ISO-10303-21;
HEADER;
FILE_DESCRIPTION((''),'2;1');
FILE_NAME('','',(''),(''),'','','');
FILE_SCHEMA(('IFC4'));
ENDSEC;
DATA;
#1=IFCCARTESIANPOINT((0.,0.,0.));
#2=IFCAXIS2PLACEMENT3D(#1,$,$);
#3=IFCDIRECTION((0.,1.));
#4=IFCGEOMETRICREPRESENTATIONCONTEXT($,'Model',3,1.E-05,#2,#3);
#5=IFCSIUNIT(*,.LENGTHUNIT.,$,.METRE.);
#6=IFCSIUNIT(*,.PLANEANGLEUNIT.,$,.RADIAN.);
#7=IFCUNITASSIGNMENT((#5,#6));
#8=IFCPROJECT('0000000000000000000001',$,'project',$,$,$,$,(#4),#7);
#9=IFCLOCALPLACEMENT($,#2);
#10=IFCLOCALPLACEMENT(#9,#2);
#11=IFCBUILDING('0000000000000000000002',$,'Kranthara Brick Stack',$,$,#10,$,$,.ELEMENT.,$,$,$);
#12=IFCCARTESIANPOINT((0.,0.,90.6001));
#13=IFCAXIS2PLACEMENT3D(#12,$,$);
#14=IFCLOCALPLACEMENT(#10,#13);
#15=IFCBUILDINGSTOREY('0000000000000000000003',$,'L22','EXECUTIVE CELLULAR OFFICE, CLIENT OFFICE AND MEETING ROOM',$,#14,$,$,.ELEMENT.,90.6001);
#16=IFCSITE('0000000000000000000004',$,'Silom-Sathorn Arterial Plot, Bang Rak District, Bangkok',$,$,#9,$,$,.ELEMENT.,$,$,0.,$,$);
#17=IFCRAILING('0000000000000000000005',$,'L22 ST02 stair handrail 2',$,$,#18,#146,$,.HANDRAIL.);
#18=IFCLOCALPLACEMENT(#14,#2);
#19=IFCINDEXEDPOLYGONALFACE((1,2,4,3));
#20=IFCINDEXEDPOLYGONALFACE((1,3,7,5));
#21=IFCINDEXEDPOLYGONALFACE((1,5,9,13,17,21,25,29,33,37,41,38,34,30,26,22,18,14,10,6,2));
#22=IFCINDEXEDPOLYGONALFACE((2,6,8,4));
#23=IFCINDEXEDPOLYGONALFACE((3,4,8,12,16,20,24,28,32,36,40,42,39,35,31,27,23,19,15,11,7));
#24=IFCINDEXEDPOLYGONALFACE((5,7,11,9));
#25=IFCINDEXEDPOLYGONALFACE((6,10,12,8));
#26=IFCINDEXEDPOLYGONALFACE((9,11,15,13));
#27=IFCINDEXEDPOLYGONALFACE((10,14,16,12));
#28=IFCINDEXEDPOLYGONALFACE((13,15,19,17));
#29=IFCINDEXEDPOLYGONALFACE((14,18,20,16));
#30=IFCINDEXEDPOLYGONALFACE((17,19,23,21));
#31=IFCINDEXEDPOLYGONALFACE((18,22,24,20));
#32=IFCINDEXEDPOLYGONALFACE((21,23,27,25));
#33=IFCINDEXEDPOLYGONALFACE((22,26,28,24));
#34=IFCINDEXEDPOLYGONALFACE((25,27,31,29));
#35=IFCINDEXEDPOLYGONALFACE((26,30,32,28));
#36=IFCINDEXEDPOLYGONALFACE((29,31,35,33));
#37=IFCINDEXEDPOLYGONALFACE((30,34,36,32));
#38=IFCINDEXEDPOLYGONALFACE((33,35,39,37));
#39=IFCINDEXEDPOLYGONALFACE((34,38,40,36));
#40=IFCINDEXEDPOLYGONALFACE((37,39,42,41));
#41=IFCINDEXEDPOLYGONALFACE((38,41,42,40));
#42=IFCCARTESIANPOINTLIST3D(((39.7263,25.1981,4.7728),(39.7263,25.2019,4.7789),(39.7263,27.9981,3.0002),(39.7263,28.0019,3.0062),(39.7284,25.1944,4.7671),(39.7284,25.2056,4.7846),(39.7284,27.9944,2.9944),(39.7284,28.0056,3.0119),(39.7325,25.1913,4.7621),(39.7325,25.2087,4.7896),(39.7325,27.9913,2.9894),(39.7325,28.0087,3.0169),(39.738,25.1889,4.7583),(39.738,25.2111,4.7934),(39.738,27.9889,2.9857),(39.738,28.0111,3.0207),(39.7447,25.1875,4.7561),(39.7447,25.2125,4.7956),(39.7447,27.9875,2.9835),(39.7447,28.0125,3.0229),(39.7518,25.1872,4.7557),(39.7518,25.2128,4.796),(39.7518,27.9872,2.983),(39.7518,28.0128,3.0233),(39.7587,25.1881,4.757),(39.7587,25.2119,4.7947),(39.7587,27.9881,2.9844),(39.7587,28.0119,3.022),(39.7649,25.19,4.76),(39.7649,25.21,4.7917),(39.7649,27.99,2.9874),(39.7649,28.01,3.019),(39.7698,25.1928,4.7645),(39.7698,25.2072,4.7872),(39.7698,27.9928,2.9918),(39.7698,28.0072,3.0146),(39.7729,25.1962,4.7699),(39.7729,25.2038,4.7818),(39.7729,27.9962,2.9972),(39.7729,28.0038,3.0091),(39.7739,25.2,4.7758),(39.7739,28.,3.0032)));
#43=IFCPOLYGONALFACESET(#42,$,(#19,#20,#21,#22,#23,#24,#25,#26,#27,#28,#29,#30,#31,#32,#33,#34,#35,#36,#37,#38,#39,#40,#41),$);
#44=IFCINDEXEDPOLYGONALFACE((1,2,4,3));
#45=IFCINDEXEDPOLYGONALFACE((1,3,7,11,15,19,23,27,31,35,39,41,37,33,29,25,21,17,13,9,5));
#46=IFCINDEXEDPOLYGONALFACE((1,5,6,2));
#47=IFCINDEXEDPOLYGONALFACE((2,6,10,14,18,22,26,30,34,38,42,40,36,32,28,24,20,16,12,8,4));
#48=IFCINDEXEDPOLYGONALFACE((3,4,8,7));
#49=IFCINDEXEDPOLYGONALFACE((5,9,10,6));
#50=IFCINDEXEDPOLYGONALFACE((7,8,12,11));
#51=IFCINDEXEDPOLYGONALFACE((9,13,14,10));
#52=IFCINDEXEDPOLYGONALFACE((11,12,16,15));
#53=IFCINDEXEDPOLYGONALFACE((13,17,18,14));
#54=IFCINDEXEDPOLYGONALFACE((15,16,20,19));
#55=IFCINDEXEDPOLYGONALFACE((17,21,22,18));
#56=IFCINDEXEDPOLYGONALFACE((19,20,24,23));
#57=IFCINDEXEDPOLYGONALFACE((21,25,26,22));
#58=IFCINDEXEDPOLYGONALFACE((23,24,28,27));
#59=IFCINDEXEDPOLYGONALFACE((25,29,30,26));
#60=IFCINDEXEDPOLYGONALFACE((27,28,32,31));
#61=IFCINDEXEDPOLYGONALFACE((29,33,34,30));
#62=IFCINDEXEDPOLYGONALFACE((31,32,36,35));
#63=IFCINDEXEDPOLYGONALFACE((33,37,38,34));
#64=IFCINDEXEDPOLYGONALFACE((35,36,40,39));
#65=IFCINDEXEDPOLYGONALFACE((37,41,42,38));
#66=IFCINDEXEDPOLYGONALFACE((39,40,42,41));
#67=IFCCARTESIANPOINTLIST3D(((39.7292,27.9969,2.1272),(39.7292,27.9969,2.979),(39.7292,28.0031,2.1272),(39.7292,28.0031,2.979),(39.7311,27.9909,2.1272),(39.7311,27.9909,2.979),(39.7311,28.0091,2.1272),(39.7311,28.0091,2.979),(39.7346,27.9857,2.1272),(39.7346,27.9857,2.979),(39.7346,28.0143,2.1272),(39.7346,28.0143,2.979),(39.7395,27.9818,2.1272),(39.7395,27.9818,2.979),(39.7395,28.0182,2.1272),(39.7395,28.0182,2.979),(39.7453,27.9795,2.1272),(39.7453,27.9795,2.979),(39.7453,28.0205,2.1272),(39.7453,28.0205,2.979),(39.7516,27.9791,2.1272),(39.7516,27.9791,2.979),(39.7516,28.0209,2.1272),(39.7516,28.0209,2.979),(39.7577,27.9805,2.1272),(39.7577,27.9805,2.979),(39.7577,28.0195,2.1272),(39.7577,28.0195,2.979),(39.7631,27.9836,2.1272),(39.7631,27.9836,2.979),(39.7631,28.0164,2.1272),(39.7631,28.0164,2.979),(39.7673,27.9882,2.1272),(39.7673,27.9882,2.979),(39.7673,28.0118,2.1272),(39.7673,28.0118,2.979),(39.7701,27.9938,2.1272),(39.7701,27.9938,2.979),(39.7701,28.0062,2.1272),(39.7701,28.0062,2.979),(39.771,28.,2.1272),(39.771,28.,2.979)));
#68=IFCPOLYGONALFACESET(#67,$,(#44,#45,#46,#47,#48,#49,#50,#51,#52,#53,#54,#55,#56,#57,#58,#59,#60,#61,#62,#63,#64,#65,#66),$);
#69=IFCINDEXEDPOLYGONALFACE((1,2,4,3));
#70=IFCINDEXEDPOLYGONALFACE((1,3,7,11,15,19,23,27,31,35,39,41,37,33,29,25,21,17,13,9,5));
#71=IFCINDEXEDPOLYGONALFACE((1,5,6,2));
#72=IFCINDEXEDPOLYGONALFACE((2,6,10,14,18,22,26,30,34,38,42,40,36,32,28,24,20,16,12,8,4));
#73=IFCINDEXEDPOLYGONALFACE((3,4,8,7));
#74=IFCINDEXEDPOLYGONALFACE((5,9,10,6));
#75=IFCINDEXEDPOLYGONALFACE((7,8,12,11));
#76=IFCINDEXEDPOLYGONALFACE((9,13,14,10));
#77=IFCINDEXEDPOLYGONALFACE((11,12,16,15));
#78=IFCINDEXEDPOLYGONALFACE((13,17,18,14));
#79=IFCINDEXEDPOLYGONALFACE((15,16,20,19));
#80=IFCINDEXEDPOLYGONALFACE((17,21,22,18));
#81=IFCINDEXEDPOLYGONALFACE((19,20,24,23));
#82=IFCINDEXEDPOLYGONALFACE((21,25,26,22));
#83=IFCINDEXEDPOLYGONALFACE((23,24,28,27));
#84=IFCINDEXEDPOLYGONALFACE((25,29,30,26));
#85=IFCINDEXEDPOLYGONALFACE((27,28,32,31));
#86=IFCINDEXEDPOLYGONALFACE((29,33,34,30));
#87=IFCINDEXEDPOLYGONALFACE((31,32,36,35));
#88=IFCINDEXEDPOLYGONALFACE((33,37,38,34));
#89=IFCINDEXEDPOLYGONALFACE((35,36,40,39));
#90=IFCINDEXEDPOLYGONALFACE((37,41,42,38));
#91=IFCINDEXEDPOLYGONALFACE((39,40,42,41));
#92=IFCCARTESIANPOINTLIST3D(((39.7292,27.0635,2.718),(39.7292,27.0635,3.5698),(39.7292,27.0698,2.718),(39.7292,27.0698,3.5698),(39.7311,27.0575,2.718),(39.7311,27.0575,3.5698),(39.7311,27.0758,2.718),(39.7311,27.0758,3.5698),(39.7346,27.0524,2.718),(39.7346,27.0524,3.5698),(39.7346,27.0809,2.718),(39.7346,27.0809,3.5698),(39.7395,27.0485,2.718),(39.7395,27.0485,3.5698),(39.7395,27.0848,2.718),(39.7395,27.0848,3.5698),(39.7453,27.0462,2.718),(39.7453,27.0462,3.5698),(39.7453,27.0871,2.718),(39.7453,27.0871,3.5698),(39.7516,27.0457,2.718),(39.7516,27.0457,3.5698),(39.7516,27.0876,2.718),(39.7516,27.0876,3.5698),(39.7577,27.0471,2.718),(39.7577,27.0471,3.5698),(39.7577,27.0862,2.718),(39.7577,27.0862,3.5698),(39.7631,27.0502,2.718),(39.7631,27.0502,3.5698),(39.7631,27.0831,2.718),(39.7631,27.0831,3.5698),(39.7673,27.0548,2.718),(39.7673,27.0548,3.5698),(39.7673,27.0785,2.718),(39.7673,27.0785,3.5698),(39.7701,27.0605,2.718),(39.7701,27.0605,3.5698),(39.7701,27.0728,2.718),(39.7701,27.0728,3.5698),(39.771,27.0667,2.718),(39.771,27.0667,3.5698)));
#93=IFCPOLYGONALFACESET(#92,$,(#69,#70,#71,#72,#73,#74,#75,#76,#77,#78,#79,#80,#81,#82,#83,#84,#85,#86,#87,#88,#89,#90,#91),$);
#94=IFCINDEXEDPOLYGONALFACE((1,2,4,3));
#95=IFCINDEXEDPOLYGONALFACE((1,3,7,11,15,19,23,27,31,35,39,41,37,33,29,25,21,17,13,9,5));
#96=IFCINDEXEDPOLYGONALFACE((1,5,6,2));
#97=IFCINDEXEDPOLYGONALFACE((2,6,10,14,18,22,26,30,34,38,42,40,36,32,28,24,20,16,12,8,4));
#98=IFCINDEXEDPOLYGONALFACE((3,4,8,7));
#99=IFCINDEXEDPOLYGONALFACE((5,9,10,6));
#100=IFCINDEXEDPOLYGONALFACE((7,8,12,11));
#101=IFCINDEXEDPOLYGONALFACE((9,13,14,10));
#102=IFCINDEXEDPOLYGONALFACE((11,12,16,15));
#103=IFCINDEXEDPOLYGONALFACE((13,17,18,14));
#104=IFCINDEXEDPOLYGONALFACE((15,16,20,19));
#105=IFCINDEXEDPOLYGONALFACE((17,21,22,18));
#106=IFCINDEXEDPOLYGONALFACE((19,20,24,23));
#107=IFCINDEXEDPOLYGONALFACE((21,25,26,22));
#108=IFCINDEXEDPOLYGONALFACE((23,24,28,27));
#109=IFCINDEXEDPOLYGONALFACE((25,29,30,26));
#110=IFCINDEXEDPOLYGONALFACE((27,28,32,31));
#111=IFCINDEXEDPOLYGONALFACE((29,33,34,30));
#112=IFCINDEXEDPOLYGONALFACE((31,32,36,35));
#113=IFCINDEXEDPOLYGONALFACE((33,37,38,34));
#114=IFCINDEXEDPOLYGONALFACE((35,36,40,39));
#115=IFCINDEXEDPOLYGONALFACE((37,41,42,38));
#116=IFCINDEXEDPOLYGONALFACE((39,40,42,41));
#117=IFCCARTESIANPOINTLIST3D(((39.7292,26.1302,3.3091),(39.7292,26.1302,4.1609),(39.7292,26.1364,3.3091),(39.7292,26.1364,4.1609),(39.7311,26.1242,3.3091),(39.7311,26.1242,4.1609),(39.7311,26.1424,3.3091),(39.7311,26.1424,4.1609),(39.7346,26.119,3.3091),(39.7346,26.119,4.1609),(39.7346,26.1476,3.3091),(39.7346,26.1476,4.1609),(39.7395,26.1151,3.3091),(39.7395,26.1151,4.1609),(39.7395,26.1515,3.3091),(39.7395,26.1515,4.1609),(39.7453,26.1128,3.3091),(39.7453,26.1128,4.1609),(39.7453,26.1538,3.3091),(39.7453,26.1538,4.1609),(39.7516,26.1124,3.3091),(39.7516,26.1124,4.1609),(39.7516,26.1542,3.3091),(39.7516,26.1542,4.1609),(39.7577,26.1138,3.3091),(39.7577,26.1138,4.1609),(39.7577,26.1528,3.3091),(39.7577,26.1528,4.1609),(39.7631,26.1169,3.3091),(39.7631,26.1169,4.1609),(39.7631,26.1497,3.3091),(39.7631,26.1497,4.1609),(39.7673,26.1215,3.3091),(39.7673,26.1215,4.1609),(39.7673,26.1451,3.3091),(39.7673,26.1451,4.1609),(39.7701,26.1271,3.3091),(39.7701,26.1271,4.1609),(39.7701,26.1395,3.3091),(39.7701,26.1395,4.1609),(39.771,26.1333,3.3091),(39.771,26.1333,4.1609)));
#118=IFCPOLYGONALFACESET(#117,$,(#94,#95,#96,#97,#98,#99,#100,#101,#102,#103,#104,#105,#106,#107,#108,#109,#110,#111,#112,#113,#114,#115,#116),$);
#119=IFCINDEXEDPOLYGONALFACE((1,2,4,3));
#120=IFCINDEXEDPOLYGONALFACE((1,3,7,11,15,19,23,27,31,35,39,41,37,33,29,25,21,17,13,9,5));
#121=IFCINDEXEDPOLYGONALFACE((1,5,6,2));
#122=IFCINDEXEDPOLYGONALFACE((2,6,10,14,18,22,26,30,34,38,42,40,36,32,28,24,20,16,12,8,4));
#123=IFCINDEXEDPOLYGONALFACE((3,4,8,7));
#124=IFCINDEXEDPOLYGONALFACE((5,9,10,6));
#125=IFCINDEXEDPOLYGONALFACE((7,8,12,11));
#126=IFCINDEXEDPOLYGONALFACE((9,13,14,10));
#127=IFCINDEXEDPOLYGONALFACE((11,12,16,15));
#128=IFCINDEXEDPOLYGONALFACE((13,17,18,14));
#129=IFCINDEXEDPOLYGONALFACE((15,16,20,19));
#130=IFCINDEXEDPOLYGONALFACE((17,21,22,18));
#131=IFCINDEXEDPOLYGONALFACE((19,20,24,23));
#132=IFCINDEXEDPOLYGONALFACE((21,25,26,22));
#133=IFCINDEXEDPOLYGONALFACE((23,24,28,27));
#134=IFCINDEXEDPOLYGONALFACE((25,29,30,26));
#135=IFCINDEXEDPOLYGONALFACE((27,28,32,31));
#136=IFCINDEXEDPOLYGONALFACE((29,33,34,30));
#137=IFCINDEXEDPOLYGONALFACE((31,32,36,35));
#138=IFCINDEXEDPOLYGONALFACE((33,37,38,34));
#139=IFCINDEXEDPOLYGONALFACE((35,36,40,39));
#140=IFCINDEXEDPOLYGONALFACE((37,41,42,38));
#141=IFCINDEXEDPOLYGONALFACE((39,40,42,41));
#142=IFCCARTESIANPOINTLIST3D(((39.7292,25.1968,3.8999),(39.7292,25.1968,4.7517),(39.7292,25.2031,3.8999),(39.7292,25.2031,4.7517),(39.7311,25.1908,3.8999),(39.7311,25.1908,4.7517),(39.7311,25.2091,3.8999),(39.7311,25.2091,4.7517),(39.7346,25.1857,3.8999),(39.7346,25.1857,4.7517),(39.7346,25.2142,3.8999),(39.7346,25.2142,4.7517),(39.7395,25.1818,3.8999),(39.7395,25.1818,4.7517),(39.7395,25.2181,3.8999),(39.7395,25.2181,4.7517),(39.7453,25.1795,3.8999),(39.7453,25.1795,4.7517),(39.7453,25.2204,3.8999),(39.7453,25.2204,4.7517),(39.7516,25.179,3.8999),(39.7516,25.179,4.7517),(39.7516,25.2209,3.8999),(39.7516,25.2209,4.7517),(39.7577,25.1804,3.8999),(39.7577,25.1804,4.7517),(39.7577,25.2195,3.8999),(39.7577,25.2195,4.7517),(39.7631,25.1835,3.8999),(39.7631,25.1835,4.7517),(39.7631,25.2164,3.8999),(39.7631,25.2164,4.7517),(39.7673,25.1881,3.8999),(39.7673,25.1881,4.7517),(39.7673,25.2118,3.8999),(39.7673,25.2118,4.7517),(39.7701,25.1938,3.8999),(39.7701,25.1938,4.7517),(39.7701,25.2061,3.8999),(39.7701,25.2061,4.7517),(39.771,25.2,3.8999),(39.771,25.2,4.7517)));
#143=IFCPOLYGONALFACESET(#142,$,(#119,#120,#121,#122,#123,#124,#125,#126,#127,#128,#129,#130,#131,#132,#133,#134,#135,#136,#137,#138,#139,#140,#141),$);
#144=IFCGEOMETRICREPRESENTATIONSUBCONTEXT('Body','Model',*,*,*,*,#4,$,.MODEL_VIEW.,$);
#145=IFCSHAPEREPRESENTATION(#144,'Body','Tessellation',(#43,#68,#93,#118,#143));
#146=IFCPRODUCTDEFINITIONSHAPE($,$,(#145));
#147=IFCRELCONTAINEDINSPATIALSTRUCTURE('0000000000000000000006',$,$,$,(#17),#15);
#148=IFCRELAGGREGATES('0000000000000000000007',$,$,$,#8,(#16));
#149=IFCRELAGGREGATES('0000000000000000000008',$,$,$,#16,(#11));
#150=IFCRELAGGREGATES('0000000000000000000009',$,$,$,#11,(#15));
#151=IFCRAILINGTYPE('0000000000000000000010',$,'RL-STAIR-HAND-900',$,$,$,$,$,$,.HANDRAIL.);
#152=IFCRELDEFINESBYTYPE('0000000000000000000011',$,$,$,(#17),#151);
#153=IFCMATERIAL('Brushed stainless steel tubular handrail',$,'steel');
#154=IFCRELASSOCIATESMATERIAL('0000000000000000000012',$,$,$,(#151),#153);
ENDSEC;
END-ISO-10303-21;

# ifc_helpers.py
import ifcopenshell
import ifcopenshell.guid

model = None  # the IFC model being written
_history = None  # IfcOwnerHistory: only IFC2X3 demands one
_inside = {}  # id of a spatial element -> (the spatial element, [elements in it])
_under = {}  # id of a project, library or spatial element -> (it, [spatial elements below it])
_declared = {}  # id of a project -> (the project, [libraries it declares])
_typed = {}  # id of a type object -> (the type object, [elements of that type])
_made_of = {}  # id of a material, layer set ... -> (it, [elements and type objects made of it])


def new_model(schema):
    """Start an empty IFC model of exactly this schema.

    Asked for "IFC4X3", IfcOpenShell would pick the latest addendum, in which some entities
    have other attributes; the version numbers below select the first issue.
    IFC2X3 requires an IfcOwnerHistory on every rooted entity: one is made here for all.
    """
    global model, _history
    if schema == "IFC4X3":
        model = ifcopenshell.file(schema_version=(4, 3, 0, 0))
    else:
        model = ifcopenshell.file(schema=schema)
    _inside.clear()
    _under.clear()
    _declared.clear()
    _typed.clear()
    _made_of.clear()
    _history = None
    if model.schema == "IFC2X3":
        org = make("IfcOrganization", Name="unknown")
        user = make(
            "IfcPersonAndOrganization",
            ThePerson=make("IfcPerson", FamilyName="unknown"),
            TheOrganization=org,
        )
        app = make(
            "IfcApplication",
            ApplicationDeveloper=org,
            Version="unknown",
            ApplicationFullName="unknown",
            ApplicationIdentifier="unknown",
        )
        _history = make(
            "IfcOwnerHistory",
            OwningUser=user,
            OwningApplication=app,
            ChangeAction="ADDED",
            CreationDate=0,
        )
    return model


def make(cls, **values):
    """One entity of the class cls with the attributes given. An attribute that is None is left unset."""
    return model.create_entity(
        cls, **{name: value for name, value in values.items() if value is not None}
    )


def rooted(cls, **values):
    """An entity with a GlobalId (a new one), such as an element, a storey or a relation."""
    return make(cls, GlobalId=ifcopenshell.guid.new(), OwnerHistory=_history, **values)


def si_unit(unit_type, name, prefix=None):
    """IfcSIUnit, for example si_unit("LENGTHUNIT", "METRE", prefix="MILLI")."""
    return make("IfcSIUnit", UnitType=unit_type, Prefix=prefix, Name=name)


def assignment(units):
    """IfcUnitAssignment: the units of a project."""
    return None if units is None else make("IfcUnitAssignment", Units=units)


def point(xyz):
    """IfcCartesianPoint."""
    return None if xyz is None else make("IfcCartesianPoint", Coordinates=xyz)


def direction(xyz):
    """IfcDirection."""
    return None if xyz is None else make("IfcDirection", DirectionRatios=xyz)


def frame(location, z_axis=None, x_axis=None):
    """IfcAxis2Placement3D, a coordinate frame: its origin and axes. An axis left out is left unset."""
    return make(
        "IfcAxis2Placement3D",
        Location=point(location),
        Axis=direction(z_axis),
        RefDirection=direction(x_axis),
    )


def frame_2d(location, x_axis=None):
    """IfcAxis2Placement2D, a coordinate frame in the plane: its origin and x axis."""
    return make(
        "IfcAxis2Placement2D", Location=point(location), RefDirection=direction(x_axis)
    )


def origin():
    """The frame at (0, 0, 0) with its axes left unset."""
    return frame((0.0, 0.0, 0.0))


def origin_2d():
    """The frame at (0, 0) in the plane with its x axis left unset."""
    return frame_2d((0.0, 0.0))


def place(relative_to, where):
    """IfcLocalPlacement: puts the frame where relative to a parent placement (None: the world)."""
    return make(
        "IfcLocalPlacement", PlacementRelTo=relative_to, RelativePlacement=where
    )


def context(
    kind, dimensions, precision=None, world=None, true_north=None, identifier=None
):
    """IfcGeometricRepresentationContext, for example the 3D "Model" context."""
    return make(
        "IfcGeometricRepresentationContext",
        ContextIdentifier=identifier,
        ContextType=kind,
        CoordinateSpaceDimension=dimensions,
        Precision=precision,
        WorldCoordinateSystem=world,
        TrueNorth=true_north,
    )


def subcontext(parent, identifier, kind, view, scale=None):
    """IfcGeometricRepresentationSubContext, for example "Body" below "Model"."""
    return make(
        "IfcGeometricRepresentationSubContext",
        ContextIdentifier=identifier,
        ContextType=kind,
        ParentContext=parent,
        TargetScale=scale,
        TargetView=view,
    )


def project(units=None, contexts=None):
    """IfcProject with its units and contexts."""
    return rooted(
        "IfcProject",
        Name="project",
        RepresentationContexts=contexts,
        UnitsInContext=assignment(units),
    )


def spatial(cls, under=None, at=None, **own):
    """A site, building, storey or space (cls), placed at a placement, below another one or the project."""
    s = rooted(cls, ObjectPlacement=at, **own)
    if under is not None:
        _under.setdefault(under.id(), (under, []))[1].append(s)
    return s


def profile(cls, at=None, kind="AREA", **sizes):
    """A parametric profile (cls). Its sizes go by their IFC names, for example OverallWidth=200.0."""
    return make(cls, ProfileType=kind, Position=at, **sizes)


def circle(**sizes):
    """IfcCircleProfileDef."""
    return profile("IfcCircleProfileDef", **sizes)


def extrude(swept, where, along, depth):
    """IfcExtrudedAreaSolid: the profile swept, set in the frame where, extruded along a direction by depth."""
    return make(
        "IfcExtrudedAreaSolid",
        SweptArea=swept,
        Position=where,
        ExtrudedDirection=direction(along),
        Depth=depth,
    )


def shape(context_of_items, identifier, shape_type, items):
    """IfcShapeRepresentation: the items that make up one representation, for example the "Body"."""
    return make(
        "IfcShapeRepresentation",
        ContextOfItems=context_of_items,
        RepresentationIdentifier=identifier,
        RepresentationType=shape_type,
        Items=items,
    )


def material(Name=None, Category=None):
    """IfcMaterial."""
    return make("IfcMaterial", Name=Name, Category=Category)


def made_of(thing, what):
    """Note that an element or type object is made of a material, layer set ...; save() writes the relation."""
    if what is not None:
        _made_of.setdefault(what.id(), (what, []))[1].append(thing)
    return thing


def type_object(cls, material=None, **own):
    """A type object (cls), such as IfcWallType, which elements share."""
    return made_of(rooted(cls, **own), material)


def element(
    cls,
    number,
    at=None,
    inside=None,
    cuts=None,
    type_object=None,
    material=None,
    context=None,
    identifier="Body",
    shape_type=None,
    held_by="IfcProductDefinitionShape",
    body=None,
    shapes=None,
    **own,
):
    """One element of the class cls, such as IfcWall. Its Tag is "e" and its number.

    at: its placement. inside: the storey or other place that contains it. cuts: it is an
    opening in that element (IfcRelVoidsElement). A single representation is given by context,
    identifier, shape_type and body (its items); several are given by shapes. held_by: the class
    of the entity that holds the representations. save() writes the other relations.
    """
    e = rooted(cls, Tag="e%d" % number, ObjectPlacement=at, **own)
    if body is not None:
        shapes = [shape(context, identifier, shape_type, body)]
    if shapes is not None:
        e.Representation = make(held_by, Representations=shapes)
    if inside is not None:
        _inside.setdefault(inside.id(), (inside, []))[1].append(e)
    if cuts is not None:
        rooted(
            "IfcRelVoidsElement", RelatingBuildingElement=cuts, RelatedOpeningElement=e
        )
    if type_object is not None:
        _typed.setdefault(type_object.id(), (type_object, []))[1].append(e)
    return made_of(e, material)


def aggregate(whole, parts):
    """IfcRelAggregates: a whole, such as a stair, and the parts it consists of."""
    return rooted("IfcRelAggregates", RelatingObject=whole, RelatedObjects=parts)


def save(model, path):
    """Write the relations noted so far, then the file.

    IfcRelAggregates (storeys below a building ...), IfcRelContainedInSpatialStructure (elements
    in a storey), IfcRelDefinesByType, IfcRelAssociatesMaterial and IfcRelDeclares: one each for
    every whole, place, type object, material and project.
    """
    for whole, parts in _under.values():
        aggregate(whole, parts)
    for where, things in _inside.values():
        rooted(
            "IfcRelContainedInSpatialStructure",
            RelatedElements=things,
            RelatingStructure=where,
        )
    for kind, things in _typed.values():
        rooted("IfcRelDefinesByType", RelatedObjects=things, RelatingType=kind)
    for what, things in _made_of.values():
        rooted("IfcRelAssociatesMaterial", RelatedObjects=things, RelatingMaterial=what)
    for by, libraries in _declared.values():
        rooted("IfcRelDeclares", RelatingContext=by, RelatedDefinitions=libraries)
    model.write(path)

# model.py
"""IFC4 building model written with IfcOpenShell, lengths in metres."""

from ifc_helpers import new_model, si_unit, direction, frame, origin, origin_2d, place, context, subcontext, project, spatial, circle, extrude, material, type_object, element, save


model = new_model("IFC4")

# Units and contexts
model_context = context("Model", 3, precision=1e-05, world=origin(), true_north=direction((0.0, 1.0)))
body_context = subcontext(model_context, "Body", "Model", "MODEL_VIEW")
ifc_project = project(units=[si_unit("LENGTHUNIT", "METRE"), si_unit("PLANEANGLEUNIT", "RADIAN")], contexts=[model_context])

# Site, building, storey
site_placement = place(None, origin())
site = spatial("IfcSite", under=ifc_project, at=site_placement, Name="Silom-Sathorn Arterial Plot, Bang Rak District, Bangkok", CompositionType="ELEMENT", RefElevation=0.0)
building_placement = place(site_placement, origin())
building = spatial("IfcBuilding", under=site, at=building_placement, Name="Kranthara Brick Stack", CompositionType="ELEMENT")
storey_placement = place(building_placement, frame((0.0, 0.0, 90.6001)))
storey = spatial("IfcBuildingStorey", under=building, at=storey_placement, Name="L22", Description="EXECUTIVE CELLULAR OFFICE, CLIENT OFFICE AND MEETING ROOM", CompositionType="ELEMENT", Elevation=90.6001)

# Railing
ifc_material_1 = material(Name="Brushed stainless steel tubular handrail", Category="steel")
railing_type_1 = type_object("IfcRailingType", Name="RL-STAIR-HAND-900", PredefinedType="HANDRAIL", material=ifc_material_1)
railing_1_placement = place(storey_placement, frame((39.75, 28.0, 2.1272)))
element("IfcRailing", 1, at=railing_1_placement, inside=storey, type_object=railing_type_1, Name="L22 ST02 stair handrail 2", PredefinedType="HANDRAIL", context=body_context, shape_type="SweptSolid", body=[
    extrude(circle(Radius=0.0239, at=origin_2d()), frame((0.0, 0.0, 0.876), z_axis=(0.0, -0.844909, 0.53491), x_axis=(1.0, 0.0, 0.0)), (0.0, 0.0, 1.0), 3.314),
    extrude(circle(Radius=0.021, at=origin_2d()), origin(), (0.0, 0.0, 1.0), 0.8518),
    extrude(circle(Radius=0.021, at=origin_2d()), frame((0.0, -0.9333, 0.5908)), (0.0, 0.0, 1.0), 0.8518),
    extrude(circle(Radius=0.021, at=origin_2d()), frame((0.0, -1.8667, 1.1819)), (0.0, 0.0, 1.0), 0.8518),
    extrude(circle(Radius=0.021, at=origin_2d()), frame((0.0, -2.8, 1.7727)), (0.0, 0.0, 1.0), 0.8518),
])

save(model, "model.ifc")
